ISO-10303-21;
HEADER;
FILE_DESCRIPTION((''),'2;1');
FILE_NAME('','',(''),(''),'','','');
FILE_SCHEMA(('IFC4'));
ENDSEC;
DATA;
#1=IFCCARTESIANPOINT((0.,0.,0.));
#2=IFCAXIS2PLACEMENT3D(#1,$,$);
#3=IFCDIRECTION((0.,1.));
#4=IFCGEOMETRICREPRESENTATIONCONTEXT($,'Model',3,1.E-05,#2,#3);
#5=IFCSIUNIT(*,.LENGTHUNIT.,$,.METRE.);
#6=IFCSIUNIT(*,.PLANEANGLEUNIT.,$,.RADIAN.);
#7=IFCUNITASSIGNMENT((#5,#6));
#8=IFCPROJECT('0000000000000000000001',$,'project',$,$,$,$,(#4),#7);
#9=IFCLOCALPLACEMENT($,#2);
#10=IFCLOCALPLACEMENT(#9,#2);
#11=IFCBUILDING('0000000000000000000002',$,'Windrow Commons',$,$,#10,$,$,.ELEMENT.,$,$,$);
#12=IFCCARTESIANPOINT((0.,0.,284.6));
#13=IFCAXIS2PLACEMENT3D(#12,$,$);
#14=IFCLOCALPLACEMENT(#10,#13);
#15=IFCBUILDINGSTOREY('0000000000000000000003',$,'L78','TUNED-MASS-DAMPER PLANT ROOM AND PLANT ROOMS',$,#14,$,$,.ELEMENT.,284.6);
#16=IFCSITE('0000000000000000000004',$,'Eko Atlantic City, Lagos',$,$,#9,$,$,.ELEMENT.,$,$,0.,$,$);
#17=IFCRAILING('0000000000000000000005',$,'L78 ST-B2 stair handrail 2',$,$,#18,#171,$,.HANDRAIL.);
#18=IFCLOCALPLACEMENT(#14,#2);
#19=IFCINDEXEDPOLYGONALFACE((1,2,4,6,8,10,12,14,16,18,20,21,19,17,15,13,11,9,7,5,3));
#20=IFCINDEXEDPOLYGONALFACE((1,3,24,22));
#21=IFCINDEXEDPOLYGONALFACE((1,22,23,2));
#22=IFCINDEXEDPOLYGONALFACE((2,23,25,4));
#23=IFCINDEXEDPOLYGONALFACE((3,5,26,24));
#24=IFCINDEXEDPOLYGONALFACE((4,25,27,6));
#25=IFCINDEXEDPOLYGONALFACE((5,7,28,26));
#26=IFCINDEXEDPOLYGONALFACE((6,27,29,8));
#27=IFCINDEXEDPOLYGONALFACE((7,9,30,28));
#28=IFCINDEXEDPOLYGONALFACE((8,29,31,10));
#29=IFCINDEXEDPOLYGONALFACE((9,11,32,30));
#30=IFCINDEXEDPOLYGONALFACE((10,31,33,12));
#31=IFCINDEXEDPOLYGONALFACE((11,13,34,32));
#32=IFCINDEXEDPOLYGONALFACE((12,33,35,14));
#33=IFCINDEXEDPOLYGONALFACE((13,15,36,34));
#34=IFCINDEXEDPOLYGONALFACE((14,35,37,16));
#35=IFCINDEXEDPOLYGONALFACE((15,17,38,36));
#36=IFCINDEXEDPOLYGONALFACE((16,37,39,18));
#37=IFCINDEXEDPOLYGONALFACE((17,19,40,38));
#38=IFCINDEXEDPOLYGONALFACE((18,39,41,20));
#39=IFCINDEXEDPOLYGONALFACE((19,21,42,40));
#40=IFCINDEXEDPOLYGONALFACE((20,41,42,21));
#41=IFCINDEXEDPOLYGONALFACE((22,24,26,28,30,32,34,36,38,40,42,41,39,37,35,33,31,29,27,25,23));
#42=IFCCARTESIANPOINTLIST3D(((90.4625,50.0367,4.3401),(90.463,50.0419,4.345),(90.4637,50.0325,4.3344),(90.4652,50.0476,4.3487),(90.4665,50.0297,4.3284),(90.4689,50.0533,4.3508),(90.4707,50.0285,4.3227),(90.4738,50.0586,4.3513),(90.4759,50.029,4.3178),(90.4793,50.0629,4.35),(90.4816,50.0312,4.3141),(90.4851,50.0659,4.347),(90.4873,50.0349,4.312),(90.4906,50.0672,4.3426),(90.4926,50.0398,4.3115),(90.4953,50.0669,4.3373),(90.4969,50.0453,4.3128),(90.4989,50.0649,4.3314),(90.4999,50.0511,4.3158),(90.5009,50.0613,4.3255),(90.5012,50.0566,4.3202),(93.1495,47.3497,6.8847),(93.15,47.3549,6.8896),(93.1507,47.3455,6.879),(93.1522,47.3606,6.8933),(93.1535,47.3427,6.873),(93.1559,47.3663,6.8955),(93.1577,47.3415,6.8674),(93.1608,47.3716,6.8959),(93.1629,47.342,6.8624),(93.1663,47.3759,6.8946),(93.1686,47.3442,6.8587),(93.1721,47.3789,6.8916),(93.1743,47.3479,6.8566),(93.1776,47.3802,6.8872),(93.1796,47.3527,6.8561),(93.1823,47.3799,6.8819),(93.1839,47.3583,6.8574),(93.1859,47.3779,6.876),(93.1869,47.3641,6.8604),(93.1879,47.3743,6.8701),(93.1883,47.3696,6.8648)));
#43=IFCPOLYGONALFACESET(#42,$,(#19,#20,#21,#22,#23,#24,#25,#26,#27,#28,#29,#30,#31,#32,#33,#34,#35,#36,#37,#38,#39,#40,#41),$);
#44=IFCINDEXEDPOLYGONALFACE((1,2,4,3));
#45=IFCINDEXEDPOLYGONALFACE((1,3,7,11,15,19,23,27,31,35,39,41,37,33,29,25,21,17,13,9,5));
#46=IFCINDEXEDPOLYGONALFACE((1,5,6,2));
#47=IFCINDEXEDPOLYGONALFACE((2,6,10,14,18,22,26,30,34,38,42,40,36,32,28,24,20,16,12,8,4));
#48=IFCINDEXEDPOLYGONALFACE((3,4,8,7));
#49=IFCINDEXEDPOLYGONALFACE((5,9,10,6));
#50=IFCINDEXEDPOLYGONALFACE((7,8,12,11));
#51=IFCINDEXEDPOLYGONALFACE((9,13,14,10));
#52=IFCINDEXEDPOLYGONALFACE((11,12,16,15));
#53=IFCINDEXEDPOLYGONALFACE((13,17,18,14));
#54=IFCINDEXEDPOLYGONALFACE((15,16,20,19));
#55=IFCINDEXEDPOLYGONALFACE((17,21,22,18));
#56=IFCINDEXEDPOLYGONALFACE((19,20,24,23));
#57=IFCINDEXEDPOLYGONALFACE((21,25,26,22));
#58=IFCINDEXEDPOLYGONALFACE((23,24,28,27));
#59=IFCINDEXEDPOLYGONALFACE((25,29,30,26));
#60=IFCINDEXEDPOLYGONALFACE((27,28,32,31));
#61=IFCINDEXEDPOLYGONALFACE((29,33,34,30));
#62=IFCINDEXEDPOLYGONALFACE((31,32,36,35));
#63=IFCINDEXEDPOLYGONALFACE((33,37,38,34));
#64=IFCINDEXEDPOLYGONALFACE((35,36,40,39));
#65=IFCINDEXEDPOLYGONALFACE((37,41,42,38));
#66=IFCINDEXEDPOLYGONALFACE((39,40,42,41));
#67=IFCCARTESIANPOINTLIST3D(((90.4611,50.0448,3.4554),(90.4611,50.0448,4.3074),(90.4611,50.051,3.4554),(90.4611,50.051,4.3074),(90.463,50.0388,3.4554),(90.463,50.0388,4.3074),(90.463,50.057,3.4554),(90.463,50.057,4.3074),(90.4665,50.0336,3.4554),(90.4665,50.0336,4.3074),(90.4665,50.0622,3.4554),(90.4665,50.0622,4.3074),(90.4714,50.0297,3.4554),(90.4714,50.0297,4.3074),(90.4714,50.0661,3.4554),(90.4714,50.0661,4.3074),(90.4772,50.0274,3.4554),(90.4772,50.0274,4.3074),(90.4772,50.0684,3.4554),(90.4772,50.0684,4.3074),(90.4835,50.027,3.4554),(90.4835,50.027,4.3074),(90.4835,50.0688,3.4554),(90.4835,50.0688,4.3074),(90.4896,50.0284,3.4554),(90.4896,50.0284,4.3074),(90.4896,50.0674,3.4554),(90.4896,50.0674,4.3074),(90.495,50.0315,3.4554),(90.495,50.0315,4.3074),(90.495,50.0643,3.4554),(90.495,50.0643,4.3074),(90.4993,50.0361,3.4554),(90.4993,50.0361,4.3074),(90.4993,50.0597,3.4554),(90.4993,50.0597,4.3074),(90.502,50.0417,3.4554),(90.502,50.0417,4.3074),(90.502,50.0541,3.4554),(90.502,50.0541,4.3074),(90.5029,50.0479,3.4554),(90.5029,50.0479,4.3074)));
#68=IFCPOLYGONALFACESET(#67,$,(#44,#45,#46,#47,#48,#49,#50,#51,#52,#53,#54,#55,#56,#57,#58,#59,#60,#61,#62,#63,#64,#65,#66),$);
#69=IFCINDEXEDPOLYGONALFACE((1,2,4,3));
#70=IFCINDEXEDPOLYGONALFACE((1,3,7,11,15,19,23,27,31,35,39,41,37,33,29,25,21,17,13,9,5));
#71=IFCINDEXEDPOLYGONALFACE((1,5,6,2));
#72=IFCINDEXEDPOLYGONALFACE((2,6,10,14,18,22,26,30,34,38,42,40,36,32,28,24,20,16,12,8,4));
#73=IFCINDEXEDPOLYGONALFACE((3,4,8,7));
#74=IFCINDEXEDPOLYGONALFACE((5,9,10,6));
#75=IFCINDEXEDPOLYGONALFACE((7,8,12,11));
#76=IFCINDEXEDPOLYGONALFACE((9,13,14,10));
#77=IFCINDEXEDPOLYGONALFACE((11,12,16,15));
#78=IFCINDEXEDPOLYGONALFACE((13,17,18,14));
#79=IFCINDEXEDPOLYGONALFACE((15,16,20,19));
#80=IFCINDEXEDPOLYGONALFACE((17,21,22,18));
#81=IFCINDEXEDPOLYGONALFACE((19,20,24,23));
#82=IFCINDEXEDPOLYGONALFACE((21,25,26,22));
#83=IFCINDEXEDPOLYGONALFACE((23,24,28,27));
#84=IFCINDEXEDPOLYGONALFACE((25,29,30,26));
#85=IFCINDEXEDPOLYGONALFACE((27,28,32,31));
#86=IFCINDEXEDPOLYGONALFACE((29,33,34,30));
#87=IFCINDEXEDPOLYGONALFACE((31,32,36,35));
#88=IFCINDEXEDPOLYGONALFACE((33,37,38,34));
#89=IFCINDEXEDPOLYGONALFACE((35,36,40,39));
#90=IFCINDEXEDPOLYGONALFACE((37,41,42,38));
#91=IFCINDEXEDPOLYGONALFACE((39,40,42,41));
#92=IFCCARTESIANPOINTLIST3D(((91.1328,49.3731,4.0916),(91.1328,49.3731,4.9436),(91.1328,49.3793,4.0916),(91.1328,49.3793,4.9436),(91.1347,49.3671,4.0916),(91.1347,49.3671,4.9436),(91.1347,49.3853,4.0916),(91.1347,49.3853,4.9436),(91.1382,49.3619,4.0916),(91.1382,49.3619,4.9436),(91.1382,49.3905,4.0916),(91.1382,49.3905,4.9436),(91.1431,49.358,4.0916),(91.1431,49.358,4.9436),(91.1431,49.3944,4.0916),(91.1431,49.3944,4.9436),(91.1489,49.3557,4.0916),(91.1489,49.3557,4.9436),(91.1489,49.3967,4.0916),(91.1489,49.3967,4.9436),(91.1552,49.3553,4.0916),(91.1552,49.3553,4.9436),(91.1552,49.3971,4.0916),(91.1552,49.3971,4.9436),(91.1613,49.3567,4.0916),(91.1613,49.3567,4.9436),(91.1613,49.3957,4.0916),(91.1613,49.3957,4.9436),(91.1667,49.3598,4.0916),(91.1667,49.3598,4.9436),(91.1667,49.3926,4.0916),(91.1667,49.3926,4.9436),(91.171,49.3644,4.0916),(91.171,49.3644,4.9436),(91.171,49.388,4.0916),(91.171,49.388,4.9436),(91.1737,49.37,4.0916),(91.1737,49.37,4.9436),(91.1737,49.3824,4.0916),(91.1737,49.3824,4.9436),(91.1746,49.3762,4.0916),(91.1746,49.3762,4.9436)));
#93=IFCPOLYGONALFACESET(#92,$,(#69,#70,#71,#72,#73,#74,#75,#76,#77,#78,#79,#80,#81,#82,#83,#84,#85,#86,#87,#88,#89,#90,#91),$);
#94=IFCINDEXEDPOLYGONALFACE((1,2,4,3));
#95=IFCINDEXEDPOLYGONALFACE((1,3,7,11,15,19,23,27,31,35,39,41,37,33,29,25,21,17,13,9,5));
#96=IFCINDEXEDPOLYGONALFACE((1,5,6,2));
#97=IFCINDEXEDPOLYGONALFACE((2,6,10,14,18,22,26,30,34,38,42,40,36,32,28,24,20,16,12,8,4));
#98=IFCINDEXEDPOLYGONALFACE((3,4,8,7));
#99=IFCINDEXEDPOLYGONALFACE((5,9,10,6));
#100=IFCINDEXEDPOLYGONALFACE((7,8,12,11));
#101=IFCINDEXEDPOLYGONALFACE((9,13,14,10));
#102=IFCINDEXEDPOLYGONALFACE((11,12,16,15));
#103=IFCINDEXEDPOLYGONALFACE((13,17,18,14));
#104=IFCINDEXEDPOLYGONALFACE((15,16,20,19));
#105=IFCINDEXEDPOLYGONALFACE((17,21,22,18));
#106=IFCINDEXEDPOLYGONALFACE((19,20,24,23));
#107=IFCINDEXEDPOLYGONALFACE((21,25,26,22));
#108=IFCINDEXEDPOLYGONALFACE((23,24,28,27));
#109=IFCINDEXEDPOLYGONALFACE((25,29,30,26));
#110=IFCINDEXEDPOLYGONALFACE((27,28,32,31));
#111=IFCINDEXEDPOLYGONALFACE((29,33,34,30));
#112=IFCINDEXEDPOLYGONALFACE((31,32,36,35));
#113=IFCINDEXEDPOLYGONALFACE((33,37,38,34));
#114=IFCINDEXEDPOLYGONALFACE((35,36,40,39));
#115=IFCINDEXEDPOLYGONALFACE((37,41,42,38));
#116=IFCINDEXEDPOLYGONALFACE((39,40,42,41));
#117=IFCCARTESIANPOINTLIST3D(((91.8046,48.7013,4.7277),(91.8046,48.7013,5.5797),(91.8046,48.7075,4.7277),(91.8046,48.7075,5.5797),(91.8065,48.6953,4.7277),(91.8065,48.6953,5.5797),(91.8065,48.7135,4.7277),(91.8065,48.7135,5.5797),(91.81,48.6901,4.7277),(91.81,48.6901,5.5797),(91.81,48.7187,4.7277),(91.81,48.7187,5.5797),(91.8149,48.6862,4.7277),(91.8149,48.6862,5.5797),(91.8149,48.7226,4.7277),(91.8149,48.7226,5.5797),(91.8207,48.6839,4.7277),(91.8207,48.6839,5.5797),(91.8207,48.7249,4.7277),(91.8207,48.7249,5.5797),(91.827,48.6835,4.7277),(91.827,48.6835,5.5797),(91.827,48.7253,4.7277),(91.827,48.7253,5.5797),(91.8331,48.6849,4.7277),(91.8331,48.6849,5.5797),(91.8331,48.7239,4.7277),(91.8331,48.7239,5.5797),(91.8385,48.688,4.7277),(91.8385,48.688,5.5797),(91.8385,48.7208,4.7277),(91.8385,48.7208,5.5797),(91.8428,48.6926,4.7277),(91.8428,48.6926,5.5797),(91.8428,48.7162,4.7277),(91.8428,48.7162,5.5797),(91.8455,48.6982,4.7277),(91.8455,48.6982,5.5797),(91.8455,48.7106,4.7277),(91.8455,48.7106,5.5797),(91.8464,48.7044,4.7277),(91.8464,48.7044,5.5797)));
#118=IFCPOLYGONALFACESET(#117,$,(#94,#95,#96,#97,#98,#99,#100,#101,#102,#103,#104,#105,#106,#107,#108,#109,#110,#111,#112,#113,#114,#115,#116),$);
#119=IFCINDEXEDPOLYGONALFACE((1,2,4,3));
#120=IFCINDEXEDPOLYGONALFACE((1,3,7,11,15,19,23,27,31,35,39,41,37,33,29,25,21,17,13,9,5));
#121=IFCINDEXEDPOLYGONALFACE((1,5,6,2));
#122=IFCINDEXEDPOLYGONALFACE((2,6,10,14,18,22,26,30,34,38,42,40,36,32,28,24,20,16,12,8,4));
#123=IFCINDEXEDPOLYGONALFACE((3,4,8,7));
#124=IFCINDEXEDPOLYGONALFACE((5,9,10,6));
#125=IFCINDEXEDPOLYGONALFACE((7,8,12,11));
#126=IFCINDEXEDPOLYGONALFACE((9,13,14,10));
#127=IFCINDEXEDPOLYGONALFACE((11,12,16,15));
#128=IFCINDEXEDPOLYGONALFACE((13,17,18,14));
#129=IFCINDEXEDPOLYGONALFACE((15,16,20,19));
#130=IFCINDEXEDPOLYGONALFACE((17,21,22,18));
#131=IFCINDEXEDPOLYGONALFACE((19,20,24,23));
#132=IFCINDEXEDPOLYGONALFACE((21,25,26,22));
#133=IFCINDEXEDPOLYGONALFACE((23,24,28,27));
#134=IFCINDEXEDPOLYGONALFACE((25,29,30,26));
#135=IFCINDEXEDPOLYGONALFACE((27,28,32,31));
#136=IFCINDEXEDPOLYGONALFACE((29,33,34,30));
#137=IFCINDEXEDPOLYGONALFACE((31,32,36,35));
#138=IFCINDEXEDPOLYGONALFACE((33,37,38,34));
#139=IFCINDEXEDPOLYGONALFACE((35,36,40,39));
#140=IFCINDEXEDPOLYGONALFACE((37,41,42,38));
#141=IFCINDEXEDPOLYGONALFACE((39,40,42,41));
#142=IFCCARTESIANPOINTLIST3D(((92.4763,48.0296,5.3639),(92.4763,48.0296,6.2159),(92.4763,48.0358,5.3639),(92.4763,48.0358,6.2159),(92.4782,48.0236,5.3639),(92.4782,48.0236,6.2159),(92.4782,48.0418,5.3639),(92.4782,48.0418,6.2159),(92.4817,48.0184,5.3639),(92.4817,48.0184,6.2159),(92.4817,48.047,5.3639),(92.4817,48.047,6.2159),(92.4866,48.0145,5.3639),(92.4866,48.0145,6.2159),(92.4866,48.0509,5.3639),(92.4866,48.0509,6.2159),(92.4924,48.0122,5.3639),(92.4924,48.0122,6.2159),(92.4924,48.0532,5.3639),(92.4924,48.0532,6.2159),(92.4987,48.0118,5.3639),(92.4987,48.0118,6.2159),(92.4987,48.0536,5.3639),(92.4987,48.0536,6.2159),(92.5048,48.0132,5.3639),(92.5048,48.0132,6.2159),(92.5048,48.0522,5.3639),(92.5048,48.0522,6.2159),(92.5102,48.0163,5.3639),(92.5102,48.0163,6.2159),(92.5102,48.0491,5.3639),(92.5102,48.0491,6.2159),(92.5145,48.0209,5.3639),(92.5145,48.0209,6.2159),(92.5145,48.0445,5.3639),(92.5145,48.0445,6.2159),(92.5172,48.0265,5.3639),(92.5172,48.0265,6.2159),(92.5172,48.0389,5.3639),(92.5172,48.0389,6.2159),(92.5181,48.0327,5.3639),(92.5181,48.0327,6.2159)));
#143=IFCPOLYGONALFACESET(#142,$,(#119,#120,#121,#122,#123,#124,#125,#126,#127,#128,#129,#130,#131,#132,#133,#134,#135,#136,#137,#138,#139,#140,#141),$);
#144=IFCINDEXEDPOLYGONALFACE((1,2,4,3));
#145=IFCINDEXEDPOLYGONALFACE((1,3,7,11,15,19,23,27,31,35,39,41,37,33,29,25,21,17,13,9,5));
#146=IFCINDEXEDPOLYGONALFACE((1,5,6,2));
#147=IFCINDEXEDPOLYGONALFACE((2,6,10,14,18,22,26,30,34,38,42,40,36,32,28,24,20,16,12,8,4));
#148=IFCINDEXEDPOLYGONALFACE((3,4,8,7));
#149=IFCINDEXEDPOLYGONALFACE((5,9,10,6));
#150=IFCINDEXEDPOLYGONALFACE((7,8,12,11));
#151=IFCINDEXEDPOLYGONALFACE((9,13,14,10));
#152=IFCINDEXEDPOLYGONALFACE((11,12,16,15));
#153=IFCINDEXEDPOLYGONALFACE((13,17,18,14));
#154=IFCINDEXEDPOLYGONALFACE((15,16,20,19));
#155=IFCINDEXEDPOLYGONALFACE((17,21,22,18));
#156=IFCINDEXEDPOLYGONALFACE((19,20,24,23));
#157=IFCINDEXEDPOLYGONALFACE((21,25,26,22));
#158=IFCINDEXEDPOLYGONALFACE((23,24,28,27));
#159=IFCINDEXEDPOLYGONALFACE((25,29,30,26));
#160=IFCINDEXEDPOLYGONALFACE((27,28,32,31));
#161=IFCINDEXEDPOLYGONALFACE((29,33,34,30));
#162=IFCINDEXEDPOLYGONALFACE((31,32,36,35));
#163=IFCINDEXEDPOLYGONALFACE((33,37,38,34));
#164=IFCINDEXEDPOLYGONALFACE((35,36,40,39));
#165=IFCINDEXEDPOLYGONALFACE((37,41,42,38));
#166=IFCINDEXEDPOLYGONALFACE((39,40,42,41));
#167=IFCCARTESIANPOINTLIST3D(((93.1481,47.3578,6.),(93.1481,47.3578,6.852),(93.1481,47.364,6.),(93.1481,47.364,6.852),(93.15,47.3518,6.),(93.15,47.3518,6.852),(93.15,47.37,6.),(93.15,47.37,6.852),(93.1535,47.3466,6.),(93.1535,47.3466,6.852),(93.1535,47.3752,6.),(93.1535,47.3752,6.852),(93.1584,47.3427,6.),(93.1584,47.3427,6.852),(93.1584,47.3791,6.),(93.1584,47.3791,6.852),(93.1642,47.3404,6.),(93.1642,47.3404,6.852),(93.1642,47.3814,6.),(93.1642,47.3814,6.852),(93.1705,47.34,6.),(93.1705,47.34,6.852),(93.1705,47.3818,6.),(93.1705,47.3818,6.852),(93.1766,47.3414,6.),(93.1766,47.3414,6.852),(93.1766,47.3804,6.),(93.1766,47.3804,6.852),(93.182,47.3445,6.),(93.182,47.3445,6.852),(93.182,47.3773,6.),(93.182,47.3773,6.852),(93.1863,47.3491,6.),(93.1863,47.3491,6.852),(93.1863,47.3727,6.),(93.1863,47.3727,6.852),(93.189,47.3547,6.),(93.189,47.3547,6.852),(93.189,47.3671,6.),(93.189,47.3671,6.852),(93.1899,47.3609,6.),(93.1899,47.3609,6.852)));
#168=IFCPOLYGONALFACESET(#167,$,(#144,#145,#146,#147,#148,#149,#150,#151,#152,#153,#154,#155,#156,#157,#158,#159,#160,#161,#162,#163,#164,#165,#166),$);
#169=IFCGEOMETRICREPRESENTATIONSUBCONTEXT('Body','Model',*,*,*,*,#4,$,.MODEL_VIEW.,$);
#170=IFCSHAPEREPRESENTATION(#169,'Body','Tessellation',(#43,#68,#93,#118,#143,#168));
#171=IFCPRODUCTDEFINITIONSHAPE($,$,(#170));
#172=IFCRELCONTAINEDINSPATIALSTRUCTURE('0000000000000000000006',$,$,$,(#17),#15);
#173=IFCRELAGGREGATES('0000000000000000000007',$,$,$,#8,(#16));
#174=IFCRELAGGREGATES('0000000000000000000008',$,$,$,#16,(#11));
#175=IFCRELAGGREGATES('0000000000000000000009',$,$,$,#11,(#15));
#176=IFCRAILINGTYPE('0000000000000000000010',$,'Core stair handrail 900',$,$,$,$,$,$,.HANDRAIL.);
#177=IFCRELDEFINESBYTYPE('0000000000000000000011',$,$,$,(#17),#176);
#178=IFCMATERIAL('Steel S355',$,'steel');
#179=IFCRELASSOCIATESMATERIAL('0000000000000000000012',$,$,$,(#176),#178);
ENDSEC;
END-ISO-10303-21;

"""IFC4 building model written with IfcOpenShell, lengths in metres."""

from ifc_helpers import new_model, si_unit, direction, frame, origin, origin_2d, place, context, subcontext, project, spatial, circle, extrude, material, type_object, element, save


model = new_model("IFC4")

# Units and contexts
model_context = context("Model", 3, precision=1e-05, world=origin(), true_north=direction((0.0, 1.0)))
body_context = subcontext(model_context, "Body", "Model", "MODEL_VIEW")
ifc_project = project(units=[si_unit("LENGTHUNIT", "METRE"), si_unit("PLANEANGLEUNIT", "RADIAN")], contexts=[model_context])

# Site, building, storey
site_placement = place(None, origin())
site = spatial("IfcSite", under=ifc_project, at=site_placement, Name="Eko Atlantic City, Lagos", CompositionType="ELEMENT", RefElevation=0.0)
building_placement = place(site_placement, origin())
building = spatial("IfcBuilding", under=site, at=building_placement, Name="Windrow Commons", CompositionType="ELEMENT")
storey_placement = place(building_placement, frame((0.0, 0.0, 284.6)))
storey = spatial("IfcBuildingStorey", under=building, at=storey_placement, Name="L78", Description="TUNED-MASS-DAMPER PLANT ROOM AND PLANT ROOMS", CompositionType="ELEMENT", Elevation=284.6)

# Railing
ifc_material_1 = material(Name="Steel S355", Category="steel")
railing_type_1 = type_object("IfcRailingType", Name="Core stair handrail 900", PredefinedType="HANDRAIL", material=ifc_material_1)
railing_1_placement = place(storey_placement, frame((90.4819, 50.0479, 3.4554)))
element("IfcRailing", 1, at=railing_1_placement, inside=storey, type_object=railing_type_1, Name="L78 ST-B2 stair handrail 2", PredefinedType="HANDRAIL", context=body_context, shape_type="SweptSolid", body=[
    extrude(circle(Radius=0.024, at=origin_2d()), frame((0.0, 0.0, 0.876), z_axis=(0.587543, -0.587543, 0.556405), x_axis=(0.707107, 0.707107, 0.0)), (0.0, 0.0, 1.0), 4.5733),
    extrude(circle(Radius=0.021, at=origin_2d()), origin(), (0.0, 0.0, 1.0), 0.852),
    extrude(circle(Radius=0.021, at=origin_2d()), frame((0.6717, -0.6717, 0.6362)), (0.0, 0.0, 1.0), 0.852),
    extrude(circle(Radius=0.021, at=origin_2d()), frame((1.3435, -1.3435, 1.2723)), (0.0, 0.0, 1.0), 0.852),
    extrude(circle(Radius=0.021, at=origin_2d()), frame((2.0152, -2.0152, 1.9085)), (0.0, 0.0, 1.0), 0.852),
    extrude(circle(Radius=0.021, at=origin_2d()), frame((2.687, -2.687, 2.5446)), (0.0, 0.0, 1.0), 0.852),
])

save(model, "model.ifc")
